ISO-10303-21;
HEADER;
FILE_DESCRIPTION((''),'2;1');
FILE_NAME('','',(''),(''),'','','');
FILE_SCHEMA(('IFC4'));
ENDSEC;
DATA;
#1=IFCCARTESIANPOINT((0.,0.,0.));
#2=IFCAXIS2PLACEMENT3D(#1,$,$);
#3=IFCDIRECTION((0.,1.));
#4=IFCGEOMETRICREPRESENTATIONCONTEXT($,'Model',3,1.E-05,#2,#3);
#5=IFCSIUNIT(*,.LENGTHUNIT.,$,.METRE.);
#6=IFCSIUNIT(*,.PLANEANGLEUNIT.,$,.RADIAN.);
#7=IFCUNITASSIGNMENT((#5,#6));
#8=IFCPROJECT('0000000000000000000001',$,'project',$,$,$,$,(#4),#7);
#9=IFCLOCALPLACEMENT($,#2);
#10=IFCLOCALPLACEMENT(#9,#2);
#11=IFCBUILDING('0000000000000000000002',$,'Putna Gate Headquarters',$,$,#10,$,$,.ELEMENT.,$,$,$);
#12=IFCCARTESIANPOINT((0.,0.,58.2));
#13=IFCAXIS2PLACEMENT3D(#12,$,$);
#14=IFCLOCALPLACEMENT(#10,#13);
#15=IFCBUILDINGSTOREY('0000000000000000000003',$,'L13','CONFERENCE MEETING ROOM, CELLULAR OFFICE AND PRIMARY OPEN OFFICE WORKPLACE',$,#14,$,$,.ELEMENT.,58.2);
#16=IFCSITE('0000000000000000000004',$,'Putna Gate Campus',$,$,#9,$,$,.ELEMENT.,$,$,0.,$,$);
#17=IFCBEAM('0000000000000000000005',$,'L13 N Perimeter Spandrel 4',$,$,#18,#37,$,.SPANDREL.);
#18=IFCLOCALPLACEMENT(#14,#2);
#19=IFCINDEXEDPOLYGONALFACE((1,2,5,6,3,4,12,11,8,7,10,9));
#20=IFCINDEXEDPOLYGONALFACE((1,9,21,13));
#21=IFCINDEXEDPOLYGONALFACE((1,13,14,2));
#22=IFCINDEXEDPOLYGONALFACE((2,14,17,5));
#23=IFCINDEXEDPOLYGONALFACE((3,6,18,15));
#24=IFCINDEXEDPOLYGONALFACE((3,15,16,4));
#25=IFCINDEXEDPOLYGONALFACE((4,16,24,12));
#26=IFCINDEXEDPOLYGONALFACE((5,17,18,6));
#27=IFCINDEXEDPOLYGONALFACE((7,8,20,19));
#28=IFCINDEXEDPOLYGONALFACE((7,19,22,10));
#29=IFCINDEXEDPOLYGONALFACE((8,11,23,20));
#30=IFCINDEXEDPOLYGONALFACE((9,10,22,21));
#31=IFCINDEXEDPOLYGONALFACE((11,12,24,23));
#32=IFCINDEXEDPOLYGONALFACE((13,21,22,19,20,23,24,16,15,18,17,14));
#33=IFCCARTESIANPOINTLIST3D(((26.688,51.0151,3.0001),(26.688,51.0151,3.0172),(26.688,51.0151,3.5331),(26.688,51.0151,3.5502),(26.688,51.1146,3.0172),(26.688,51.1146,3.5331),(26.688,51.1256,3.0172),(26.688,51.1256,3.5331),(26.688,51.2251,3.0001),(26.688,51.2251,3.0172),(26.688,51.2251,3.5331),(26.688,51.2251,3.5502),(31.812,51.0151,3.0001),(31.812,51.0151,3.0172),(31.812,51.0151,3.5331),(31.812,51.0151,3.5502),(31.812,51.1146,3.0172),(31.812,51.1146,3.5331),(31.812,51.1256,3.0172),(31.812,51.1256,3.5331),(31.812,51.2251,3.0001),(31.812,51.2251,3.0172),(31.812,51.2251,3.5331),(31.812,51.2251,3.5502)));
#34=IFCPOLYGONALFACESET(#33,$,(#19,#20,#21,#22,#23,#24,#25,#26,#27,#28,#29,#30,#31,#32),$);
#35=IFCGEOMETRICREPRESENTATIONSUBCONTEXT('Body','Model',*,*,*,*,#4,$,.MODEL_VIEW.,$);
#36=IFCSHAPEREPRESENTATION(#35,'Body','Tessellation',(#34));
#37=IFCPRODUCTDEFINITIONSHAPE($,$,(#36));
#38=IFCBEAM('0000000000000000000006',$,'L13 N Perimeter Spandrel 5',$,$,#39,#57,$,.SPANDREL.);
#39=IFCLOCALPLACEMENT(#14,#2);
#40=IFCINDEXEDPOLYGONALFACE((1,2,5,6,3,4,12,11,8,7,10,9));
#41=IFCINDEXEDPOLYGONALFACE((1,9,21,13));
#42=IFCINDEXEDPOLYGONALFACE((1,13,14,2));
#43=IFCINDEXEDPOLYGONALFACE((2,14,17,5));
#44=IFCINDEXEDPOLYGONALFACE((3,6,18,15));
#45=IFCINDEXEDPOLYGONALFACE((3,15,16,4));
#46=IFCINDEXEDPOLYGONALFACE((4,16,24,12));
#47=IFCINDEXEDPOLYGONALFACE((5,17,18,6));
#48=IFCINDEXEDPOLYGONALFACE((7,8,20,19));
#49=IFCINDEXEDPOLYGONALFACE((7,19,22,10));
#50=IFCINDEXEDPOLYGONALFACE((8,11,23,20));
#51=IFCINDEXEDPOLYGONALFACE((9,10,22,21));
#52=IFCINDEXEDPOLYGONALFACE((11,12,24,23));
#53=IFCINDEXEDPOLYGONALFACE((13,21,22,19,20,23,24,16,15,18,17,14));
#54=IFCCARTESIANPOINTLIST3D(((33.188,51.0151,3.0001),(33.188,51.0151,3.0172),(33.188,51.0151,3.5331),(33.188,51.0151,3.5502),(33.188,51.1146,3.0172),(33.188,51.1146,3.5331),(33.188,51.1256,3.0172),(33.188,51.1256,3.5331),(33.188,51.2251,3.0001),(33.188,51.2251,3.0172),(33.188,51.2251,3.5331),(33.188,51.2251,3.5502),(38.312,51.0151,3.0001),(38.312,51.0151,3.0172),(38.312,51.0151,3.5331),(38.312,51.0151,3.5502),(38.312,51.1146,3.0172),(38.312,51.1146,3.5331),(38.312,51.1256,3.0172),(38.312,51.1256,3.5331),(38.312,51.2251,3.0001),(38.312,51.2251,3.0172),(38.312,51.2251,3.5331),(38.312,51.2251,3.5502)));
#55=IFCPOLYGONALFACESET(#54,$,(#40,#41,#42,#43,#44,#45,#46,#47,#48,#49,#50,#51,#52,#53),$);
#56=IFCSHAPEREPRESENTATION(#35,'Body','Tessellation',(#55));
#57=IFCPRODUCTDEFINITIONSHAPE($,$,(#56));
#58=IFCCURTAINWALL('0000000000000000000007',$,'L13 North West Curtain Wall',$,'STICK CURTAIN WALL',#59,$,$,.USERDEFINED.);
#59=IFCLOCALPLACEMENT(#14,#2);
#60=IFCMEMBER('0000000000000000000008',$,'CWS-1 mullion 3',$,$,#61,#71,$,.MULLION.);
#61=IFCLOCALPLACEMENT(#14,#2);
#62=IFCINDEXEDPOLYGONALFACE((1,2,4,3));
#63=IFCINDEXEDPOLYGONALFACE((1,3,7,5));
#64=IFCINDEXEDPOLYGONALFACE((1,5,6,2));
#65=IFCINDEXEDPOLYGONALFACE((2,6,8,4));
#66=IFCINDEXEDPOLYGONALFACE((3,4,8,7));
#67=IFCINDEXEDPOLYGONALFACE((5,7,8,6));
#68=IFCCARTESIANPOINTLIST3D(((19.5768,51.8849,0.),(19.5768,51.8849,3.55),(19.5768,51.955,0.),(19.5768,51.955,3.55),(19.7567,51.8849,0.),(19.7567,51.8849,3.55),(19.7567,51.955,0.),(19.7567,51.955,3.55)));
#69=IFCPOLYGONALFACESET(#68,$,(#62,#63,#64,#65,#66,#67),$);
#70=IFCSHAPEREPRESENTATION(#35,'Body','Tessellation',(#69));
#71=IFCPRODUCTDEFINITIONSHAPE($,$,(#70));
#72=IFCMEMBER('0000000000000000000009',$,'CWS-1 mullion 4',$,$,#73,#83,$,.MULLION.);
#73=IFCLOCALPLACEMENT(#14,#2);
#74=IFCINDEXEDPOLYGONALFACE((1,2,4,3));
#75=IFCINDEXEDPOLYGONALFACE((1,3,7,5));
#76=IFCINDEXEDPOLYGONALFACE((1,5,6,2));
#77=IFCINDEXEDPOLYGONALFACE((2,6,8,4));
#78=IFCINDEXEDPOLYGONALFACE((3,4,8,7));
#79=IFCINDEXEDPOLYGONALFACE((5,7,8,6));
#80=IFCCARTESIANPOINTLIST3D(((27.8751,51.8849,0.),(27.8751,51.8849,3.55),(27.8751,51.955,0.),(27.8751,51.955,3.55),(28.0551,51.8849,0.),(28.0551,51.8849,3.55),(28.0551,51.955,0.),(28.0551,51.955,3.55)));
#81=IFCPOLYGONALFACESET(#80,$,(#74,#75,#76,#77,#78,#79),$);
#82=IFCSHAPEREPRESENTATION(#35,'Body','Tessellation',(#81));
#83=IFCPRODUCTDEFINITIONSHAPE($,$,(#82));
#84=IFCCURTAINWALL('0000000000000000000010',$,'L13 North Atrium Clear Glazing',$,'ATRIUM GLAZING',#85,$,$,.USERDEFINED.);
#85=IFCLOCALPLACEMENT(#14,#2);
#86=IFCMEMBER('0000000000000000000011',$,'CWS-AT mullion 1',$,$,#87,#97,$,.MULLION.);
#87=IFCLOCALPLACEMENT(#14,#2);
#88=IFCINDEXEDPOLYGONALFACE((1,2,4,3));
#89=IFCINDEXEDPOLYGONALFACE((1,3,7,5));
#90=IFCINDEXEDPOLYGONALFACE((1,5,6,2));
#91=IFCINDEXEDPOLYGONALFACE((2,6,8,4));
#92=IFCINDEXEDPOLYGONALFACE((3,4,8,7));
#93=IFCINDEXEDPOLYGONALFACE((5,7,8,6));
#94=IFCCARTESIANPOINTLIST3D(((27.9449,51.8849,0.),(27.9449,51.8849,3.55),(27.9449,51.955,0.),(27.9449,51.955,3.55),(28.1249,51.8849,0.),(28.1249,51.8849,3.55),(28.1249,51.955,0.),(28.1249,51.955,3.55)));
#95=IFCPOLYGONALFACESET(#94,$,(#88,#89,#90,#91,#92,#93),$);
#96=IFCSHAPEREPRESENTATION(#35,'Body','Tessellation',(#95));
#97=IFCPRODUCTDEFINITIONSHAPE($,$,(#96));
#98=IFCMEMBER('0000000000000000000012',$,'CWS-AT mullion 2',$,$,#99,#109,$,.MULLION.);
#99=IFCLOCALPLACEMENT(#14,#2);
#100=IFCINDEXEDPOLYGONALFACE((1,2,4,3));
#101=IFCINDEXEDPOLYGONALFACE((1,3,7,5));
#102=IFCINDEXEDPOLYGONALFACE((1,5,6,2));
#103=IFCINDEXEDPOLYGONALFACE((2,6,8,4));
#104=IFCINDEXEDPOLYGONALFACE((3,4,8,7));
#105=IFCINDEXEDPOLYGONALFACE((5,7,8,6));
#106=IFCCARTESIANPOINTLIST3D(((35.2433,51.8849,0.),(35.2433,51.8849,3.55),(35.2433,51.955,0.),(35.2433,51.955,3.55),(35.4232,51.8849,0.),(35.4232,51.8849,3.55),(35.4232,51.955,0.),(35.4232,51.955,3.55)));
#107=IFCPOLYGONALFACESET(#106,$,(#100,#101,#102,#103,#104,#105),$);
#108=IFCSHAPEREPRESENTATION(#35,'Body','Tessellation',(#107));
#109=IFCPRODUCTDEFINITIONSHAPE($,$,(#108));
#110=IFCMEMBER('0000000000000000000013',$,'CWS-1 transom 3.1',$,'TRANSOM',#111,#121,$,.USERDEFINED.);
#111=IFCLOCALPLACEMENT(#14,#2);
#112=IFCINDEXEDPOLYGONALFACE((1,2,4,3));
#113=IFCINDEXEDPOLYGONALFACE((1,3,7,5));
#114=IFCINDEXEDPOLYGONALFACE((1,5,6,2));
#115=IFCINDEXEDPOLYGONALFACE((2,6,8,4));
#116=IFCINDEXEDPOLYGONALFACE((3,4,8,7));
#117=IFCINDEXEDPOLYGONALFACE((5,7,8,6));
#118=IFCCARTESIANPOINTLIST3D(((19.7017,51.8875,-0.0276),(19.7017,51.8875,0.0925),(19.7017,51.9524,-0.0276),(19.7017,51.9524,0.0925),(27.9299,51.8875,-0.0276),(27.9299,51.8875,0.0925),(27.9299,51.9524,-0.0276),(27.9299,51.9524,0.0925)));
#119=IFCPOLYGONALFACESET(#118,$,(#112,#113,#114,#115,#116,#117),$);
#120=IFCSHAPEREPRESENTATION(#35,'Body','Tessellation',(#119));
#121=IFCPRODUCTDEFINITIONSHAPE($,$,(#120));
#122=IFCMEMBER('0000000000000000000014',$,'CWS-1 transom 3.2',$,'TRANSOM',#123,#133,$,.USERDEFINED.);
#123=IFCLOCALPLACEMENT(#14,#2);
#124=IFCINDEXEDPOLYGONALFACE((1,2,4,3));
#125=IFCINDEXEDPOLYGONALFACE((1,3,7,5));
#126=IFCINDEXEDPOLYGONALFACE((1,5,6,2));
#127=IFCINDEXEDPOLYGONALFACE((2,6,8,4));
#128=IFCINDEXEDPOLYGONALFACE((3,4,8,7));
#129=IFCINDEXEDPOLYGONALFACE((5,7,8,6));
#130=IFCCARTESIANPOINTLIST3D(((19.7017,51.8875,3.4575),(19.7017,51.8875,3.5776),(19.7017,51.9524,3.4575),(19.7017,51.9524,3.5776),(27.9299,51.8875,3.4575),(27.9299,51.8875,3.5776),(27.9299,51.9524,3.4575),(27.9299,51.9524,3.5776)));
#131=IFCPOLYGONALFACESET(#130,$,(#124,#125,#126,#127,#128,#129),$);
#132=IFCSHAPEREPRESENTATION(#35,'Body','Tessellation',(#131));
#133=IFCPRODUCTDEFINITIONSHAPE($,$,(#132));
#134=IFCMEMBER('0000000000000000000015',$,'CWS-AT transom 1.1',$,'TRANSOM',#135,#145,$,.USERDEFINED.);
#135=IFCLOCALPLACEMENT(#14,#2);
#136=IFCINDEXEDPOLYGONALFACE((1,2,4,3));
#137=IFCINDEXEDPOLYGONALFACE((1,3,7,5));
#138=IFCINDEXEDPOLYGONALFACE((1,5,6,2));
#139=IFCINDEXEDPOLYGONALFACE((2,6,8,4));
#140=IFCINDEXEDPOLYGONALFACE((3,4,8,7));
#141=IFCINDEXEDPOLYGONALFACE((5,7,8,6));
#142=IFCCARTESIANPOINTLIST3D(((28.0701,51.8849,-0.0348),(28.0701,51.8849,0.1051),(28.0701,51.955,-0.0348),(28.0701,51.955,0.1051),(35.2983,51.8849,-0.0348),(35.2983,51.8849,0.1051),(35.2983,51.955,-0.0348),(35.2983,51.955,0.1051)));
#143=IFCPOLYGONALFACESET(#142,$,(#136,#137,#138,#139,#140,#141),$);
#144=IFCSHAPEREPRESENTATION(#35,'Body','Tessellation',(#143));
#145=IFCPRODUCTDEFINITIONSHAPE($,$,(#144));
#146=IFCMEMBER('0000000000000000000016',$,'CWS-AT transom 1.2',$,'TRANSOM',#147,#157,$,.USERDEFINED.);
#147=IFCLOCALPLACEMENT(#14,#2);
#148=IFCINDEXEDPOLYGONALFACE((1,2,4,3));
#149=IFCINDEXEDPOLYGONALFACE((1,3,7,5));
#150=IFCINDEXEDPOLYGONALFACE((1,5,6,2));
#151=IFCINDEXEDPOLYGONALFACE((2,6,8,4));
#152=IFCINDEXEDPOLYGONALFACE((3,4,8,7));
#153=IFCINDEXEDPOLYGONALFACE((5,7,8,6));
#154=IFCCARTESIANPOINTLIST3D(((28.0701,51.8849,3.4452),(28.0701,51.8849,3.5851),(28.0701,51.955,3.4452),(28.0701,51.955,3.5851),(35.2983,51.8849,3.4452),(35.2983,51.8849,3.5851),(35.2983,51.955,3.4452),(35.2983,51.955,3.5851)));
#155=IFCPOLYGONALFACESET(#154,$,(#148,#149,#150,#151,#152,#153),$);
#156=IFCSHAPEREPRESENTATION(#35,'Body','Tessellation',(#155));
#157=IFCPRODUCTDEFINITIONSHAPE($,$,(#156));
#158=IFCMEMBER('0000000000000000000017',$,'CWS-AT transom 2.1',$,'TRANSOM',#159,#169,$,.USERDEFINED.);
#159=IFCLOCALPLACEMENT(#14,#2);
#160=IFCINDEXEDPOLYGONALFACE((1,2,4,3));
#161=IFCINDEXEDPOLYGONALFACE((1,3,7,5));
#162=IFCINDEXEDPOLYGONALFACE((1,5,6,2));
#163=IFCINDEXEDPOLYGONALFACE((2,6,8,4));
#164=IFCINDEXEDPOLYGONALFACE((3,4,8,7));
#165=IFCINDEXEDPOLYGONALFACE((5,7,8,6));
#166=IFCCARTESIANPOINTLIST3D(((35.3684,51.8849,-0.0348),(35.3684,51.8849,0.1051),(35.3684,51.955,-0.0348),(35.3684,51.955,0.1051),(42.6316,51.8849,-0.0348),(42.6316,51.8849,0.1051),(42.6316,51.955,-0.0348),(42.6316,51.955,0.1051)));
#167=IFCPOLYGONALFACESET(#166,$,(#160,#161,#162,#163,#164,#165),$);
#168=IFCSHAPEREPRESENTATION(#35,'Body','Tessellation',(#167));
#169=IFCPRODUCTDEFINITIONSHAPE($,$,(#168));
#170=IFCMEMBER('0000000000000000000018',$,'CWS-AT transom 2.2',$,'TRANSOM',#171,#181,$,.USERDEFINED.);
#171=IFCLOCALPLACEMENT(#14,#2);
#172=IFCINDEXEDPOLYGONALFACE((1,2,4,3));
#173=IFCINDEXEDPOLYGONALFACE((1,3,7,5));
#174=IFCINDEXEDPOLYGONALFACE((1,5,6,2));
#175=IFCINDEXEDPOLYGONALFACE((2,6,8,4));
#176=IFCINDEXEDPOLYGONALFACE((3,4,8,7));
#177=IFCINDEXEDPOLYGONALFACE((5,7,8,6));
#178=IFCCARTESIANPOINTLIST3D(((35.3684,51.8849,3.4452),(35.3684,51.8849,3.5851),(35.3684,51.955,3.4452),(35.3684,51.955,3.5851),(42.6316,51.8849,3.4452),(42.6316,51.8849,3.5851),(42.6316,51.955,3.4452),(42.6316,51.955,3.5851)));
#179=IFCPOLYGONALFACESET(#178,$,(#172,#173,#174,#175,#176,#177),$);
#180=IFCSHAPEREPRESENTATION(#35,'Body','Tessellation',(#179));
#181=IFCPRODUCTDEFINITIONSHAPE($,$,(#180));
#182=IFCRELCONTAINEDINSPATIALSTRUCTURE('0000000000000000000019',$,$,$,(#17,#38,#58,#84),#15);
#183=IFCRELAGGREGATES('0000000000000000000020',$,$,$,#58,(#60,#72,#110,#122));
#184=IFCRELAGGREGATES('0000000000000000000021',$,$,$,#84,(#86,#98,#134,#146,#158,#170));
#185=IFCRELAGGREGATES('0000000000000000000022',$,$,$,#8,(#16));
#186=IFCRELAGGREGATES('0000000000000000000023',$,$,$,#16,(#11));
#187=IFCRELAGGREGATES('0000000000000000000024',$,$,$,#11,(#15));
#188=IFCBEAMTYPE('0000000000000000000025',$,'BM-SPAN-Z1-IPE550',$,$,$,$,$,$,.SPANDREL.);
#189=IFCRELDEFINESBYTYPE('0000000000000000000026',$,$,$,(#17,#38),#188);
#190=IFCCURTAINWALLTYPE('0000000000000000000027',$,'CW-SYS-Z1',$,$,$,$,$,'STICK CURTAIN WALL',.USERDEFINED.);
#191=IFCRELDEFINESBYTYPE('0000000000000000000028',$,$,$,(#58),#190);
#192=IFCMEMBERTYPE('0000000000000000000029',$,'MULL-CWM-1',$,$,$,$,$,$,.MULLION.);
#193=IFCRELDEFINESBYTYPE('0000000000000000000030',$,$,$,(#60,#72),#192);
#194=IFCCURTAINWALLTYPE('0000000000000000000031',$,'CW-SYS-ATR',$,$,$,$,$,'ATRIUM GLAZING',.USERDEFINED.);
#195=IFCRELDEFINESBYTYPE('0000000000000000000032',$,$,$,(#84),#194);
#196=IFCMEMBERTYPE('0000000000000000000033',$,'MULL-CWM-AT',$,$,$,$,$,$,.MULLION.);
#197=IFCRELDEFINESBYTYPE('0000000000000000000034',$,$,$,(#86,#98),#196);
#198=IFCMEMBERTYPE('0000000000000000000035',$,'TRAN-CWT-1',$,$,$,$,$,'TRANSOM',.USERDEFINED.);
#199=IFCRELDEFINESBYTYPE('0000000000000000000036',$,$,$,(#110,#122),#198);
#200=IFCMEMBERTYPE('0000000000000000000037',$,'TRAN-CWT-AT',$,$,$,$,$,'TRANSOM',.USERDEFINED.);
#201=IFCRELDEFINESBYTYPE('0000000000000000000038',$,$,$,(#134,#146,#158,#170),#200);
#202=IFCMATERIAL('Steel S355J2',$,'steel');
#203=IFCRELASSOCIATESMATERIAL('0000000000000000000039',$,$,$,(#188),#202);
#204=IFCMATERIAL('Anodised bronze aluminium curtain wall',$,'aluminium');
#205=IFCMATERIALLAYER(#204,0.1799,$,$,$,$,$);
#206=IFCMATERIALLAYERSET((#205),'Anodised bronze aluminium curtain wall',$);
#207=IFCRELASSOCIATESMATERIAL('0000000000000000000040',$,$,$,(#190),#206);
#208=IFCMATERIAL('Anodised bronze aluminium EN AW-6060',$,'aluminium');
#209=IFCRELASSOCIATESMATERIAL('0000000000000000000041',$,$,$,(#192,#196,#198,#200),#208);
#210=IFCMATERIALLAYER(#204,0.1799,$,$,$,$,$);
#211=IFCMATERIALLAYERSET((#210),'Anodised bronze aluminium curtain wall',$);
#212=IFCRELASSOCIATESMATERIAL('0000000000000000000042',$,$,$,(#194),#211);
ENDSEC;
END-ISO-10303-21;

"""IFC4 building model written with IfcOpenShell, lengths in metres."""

from ifc_helpers import new_model, si_unit, direction, frame, origin, origin_2d, place, context, subcontext, project, spatial, rectangle, i_section, extrude, material, layer, layer_set, material_profile, profile_set, type_object, element, aggregate, save


model = new_model("IFC4")

# Units and contexts
model_context = context("Model", 3, precision=1e-05, world=origin(), true_north=direction((0.0, 1.0)))
body_context = subcontext(model_context, "Body", "Model", "MODEL_VIEW")
ifc_project = project(units=[si_unit("LENGTHUNIT", "METRE"), si_unit("PLANEANGLEUNIT", "RADIAN")], contexts=[model_context])

# Site, building, storey
site_placement = place(None, origin())
site = spatial("IfcSite", under=ifc_project, at=site_placement, Name="Putna Gate Campus", CompositionType="ELEMENT", RefElevation=0.0)
building_placement = place(site_placement, origin())
building = spatial("IfcBuilding", under=site, at=building_placement, Name="Putna Gate Headquarters", CompositionType="ELEMENT")
storey_placement = place(building_placement, frame((0.0, 0.0, 58.2)))
storey = spatial("IfcBuildingStorey", under=building, at=storey_placement, Name="L13", Description="CONFERENCE MEETING ROOM, CELLULAR OFFICE AND PRIMARY OPEN OFFICE WORKPLACE", CompositionType="ELEMENT", Elevation=58.2)

# Beams
ifc_material_1 = material(Name="Steel S355J2", Category="steel")
ifc_material_profile_1 = material_profile(ifc_material_1, i_section(OverallWidth=0.21, OverallDepth=0.55, WebThickness=0.011, FlangeThickness=0.0171, at=origin_2d()), Name="Steel S355J2")
ifc_profile_set_1 = profile_set([ifc_material_profile_1], Name="Steel S355J2")
beam_type_1 = type_object("IfcBeamType", Name="BM-SPAN-Z1-IPE550", PredefinedType="SPANDREL", material=ifc_profile_set_1)
for number, where, z_axis, x_axis, name in (
    (1, (26.688, 51.1201, 3.2751), (1.0, 0.0, 0.0), (0.0, 1.0, 0.0), "L13 N Perimeter Spandrel 4"),
    (2, (33.188, 51.1201, 3.2751), (1.0, 0.0, 0.0), (0.0, 1.0, 0.0), "L13 N Perimeter Spandrel 5"),
):
    element("IfcBeam", number, at=place(storey_placement, frame(where, z_axis=z_axis, x_axis=x_axis)), inside=storey, type_object=beam_type_1, Name=name, PredefinedType="SPANDREL", context=body_context, shape_type="SweptSolid", body=[
        extrude(i_section(OverallWidth=0.21, OverallDepth=0.55, WebThickness=0.011, FlangeThickness=0.0171, at=origin_2d()), origin(), (0.0, 0.0, 1.0), 5.124),
    ])

# Curtain walls, members
ifc_material_2 = material(Name="Anodised bronze aluminium curtain wall", Category="aluminium")
ifc_layer_1 = layer(ifc_material_2, 0.1799)
ifc_layer_set_1 = layer_set([ifc_layer_1], Name="Anodised bronze aluminium curtain wall")
curtain_wall_type_1 = type_object("IfcCurtainWallType", Name="CW-SYS-Z1", ElementType="STICK CURTAIN WALL", PredefinedType="USERDEFINED", material=ifc_layer_set_1)
curtain_wall_1_placement = place(storey_placement, origin())
curtain_wall_1 = element("IfcCurtainWall", 3, at=curtain_wall_1_placement, inside=storey, type_object=curtain_wall_type_1, Name="L13 North West Curtain Wall", ObjectType="STICK CURTAIN WALL", PredefinedType="USERDEFINED")
ifc_material_3 = material(Name="Anodised bronze aluminium EN AW-6060", Category="aluminium")
ifc_material_profile_2 = material_profile(ifc_material_3, rectangle(XDim=0.0701, YDim=0.1799, at=origin_2d()), Name="Anodised bronze aluminium EN AW-6060")
ifc_profile_set_2 = profile_set([ifc_material_profile_2], Name="Anodised bronze aluminium EN AW-6060")
member_type_1 = type_object("IfcMemberType", Name="MULL-CWM-1", PredefinedType="MULLION", material=ifc_profile_set_2)
member_1_placement = place(storey_placement, frame((19.6667, 51.9199, 0.0), z_axis=(0.0, 0.0, 1.0), x_axis=(0.0, 1.0, 0.0)))
member_1 = element("IfcMember", 4, at=member_1_placement, type_object=member_type_1, Name="CWS-1 mullion 3", PredefinedType="MULLION", context=body_context, shape_type="SweptSolid", body=[
    extrude(rectangle(XDim=0.0701, YDim=0.1799, at=origin_2d()), origin(), (0.0, 0.0, 1.0), 3.55),
])
member_2_placement = place(storey_placement, frame((27.9651, 51.9199, 0.0), z_axis=(0.0, 0.0, 1.0), x_axis=(0.0, 1.0, 0.0)))
member_2 = element("IfcMember", 5, at=member_2_placement, type_object=member_type_1, Name="CWS-1 mullion 4", PredefinedType="MULLION", context=body_context, shape_type="SweptSolid", body=[
    extrude(rectangle(XDim=0.0701, YDim=0.1799, at=origin_2d()), origin(), (0.0, 0.0, 1.0), 3.55),
])
ifc_layer_2 = layer(ifc_material_2, 0.1799)
ifc_layer_set_2 = layer_set([ifc_layer_2], Name="Anodised bronze aluminium curtain wall")
curtain_wall_type_2 = type_object("IfcCurtainWallType", Name="CW-SYS-ATR", ElementType="ATRIUM GLAZING", PredefinedType="USERDEFINED", material=ifc_layer_set_2)
curtain_wall_2_placement = place(storey_placement, origin())
curtain_wall_2 = element("IfcCurtainWall", 6, at=curtain_wall_2_placement, inside=storey, type_object=curtain_wall_type_2, Name="L13 North Atrium Clear Glazing", ObjectType="ATRIUM GLAZING", PredefinedType="USERDEFINED")
ifc_material_profile_3 = material_profile(ifc_material_3, rectangle(XDim=0.0701, YDim=0.1799, at=origin_2d()), Name="Anodised bronze aluminium EN AW-6060")
ifc_profile_set_3 = profile_set([ifc_material_profile_3], Name="Anodised bronze aluminium EN AW-6060")
member_type_2 = type_object("IfcMemberType", Name="MULL-CWM-AT", PredefinedType="MULLION", material=ifc_profile_set_3)
member_3_placement = place(storey_placement, frame((28.0349, 51.9199, 0.0), z_axis=(0.0, 0.0, 1.0), x_axis=(0.0, 1.0, 0.0)))
member_3 = element("IfcMember", 7, at=member_3_placement, type_object=member_type_2, Name="CWS-AT mullion 1", PredefinedType="MULLION", context=body_context, shape_type="SweptSolid", body=[
    extrude(rectangle(XDim=0.0701, YDim=0.1799, at=origin_2d()), origin(), (0.0, 0.0, 1.0), 3.55),
])
member_4_placement = place(storey_placement, frame((35.3333, 51.9199, 0.0), z_axis=(0.0, 0.0, 1.0), x_axis=(0.0, 1.0, 0.0)))
member_4 = element("IfcMember", 8, at=member_4_placement, type_object=member_type_2, Name="CWS-AT mullion 2", PredefinedType="MULLION", context=body_context, shape_type="SweptSolid", body=[
    extrude(rectangle(XDim=0.0701, YDim=0.1799, at=origin_2d()), origin(), (0.0, 0.0, 1.0), 3.55),
])

# Members
ifc_material_profile_4 = material_profile(ifc_material_3, rectangle(XDim=0.0649, YDim=0.1201, at=origin_2d()), Name="Anodised bronze aluminium EN AW-6060")
ifc_profile_set_4 = profile_set([ifc_material_profile_4], Name="Anodised bronze aluminium EN AW-6060")
member_type_3 = type_object("IfcMemberType", Name="TRAN-CWT-1", ElementType="TRANSOM", PredefinedType="USERDEFINED", material=ifc_profile_set_4)
member_5_placement = place(storey_placement, frame((19.7017, 51.9199, 0.0325), z_axis=(1.0, 0.0, 0.0), x_axis=(0.0, 1.0, 0.0)))
member_5 = element("IfcMember", 9, at=member_5_placement, type_object=member_type_3, Name="CWS-1 transom 3.1", ObjectType="TRANSOM", PredefinedType="USERDEFINED", context=body_context, shape_type="SweptSolid", body=[
    extrude(rectangle(XDim=0.0649, YDim=0.1201, at=origin_2d()), origin(), (0.0, 0.0, 1.0), 8.2283),
])
member_6_placement = place(storey_placement, frame((19.7017, 51.9199, 3.5176), z_axis=(1.0, 0.0, 0.0), x_axis=(0.0, 1.0, 0.0)))
member_6 = element("IfcMember", 10, at=member_6_placement, type_object=member_type_3, Name="CWS-1 transom 3.2", ObjectType="TRANSOM", PredefinedType="USERDEFINED", context=body_context, shape_type="SweptSolid", body=[
    extrude(rectangle(XDim=0.0649, YDim=0.1201, at=origin_2d()), origin(), (0.0, 0.0, 1.0), 8.2283),
])
ifc_material_profile_5 = material_profile(ifc_material_3, rectangle(XDim=0.0701, YDim=0.1399, at=origin_2d()), Name="Anodised bronze aluminium EN AW-6060")
ifc_profile_set_5 = profile_set([ifc_material_profile_5], Name="Anodised bronze aluminium EN AW-6060")
member_type_4 = type_object("IfcMemberType", Name="TRAN-CWT-AT", ElementType="TRANSOM", PredefinedType="USERDEFINED", material=ifc_profile_set_5)
member_7_placement = place(storey_placement, frame((28.0701, 51.9199, 0.0352), z_axis=(1.0, 0.0, 0.0), x_axis=(0.0, 1.0, 0.0)))
member_7 = element("IfcMember", 11, at=member_7_placement, type_object=member_type_4, Name="CWS-AT transom 1.1", ObjectType="TRANSOM", PredefinedType="USERDEFINED", context=body_context, shape_type="SweptSolid", body=[
    extrude(rectangle(XDim=0.0701, YDim=0.1399, at=origin_2d()), origin(), (0.0, 0.0, 1.0), 7.2283),
])
member_8_placement = place(storey_placement, frame((28.0701, 51.9199, 3.5151), z_axis=(1.0, 0.0, 0.0), x_axis=(0.0, 1.0, 0.0)))
member_8 = element("IfcMember", 12, at=member_8_placement, type_object=member_type_4, Name="CWS-AT transom 1.2", ObjectType="TRANSOM", PredefinedType="USERDEFINED", context=body_context, shape_type="SweptSolid", body=[
    extrude(rectangle(XDim=0.0701, YDim=0.1399, at=origin_2d()), origin(), (0.0, 0.0, 1.0), 7.2283),
])
member_9_placement = place(storey_placement, frame((35.3684, 51.9199, 0.0352), z_axis=(1.0, 0.0, 0.0), x_axis=(0.0, 1.0, 0.0)))
member_9 = element("IfcMember", 13, at=member_9_placement, type_object=member_type_4, Name="CWS-AT transom 2.1", ObjectType="TRANSOM", PredefinedType="USERDEFINED", context=body_context, shape_type="SweptSolid", body=[
    extrude(rectangle(XDim=0.0701, YDim=0.1399, at=origin_2d()), origin(), (0.0, 0.0, 1.0), 7.2632),
])
member_10_placement = place(storey_placement, frame((35.3684, 51.9199, 3.5151), z_axis=(1.0, 0.0, 0.0), x_axis=(0.0, 1.0, 0.0)))
member_10 = element("IfcMember", 14, at=member_10_placement, type_object=member_type_4, Name="CWS-AT transom 2.2", ObjectType="TRANSOM", PredefinedType="USERDEFINED", context=body_context, shape_type="SweptSolid", body=[
    extrude(rectangle(XDim=0.0701, YDim=0.1399, at=origin_2d()), origin(), (0.0, 0.0, 1.0), 7.2632),
])

aggregate(curtain_wall_1, [member_1, member_2, member_5, member_6])
aggregate(curtain_wall_2, [member_3, member_4, member_7, member_8, member_9, member_10])

save(model, "model.ifc")
